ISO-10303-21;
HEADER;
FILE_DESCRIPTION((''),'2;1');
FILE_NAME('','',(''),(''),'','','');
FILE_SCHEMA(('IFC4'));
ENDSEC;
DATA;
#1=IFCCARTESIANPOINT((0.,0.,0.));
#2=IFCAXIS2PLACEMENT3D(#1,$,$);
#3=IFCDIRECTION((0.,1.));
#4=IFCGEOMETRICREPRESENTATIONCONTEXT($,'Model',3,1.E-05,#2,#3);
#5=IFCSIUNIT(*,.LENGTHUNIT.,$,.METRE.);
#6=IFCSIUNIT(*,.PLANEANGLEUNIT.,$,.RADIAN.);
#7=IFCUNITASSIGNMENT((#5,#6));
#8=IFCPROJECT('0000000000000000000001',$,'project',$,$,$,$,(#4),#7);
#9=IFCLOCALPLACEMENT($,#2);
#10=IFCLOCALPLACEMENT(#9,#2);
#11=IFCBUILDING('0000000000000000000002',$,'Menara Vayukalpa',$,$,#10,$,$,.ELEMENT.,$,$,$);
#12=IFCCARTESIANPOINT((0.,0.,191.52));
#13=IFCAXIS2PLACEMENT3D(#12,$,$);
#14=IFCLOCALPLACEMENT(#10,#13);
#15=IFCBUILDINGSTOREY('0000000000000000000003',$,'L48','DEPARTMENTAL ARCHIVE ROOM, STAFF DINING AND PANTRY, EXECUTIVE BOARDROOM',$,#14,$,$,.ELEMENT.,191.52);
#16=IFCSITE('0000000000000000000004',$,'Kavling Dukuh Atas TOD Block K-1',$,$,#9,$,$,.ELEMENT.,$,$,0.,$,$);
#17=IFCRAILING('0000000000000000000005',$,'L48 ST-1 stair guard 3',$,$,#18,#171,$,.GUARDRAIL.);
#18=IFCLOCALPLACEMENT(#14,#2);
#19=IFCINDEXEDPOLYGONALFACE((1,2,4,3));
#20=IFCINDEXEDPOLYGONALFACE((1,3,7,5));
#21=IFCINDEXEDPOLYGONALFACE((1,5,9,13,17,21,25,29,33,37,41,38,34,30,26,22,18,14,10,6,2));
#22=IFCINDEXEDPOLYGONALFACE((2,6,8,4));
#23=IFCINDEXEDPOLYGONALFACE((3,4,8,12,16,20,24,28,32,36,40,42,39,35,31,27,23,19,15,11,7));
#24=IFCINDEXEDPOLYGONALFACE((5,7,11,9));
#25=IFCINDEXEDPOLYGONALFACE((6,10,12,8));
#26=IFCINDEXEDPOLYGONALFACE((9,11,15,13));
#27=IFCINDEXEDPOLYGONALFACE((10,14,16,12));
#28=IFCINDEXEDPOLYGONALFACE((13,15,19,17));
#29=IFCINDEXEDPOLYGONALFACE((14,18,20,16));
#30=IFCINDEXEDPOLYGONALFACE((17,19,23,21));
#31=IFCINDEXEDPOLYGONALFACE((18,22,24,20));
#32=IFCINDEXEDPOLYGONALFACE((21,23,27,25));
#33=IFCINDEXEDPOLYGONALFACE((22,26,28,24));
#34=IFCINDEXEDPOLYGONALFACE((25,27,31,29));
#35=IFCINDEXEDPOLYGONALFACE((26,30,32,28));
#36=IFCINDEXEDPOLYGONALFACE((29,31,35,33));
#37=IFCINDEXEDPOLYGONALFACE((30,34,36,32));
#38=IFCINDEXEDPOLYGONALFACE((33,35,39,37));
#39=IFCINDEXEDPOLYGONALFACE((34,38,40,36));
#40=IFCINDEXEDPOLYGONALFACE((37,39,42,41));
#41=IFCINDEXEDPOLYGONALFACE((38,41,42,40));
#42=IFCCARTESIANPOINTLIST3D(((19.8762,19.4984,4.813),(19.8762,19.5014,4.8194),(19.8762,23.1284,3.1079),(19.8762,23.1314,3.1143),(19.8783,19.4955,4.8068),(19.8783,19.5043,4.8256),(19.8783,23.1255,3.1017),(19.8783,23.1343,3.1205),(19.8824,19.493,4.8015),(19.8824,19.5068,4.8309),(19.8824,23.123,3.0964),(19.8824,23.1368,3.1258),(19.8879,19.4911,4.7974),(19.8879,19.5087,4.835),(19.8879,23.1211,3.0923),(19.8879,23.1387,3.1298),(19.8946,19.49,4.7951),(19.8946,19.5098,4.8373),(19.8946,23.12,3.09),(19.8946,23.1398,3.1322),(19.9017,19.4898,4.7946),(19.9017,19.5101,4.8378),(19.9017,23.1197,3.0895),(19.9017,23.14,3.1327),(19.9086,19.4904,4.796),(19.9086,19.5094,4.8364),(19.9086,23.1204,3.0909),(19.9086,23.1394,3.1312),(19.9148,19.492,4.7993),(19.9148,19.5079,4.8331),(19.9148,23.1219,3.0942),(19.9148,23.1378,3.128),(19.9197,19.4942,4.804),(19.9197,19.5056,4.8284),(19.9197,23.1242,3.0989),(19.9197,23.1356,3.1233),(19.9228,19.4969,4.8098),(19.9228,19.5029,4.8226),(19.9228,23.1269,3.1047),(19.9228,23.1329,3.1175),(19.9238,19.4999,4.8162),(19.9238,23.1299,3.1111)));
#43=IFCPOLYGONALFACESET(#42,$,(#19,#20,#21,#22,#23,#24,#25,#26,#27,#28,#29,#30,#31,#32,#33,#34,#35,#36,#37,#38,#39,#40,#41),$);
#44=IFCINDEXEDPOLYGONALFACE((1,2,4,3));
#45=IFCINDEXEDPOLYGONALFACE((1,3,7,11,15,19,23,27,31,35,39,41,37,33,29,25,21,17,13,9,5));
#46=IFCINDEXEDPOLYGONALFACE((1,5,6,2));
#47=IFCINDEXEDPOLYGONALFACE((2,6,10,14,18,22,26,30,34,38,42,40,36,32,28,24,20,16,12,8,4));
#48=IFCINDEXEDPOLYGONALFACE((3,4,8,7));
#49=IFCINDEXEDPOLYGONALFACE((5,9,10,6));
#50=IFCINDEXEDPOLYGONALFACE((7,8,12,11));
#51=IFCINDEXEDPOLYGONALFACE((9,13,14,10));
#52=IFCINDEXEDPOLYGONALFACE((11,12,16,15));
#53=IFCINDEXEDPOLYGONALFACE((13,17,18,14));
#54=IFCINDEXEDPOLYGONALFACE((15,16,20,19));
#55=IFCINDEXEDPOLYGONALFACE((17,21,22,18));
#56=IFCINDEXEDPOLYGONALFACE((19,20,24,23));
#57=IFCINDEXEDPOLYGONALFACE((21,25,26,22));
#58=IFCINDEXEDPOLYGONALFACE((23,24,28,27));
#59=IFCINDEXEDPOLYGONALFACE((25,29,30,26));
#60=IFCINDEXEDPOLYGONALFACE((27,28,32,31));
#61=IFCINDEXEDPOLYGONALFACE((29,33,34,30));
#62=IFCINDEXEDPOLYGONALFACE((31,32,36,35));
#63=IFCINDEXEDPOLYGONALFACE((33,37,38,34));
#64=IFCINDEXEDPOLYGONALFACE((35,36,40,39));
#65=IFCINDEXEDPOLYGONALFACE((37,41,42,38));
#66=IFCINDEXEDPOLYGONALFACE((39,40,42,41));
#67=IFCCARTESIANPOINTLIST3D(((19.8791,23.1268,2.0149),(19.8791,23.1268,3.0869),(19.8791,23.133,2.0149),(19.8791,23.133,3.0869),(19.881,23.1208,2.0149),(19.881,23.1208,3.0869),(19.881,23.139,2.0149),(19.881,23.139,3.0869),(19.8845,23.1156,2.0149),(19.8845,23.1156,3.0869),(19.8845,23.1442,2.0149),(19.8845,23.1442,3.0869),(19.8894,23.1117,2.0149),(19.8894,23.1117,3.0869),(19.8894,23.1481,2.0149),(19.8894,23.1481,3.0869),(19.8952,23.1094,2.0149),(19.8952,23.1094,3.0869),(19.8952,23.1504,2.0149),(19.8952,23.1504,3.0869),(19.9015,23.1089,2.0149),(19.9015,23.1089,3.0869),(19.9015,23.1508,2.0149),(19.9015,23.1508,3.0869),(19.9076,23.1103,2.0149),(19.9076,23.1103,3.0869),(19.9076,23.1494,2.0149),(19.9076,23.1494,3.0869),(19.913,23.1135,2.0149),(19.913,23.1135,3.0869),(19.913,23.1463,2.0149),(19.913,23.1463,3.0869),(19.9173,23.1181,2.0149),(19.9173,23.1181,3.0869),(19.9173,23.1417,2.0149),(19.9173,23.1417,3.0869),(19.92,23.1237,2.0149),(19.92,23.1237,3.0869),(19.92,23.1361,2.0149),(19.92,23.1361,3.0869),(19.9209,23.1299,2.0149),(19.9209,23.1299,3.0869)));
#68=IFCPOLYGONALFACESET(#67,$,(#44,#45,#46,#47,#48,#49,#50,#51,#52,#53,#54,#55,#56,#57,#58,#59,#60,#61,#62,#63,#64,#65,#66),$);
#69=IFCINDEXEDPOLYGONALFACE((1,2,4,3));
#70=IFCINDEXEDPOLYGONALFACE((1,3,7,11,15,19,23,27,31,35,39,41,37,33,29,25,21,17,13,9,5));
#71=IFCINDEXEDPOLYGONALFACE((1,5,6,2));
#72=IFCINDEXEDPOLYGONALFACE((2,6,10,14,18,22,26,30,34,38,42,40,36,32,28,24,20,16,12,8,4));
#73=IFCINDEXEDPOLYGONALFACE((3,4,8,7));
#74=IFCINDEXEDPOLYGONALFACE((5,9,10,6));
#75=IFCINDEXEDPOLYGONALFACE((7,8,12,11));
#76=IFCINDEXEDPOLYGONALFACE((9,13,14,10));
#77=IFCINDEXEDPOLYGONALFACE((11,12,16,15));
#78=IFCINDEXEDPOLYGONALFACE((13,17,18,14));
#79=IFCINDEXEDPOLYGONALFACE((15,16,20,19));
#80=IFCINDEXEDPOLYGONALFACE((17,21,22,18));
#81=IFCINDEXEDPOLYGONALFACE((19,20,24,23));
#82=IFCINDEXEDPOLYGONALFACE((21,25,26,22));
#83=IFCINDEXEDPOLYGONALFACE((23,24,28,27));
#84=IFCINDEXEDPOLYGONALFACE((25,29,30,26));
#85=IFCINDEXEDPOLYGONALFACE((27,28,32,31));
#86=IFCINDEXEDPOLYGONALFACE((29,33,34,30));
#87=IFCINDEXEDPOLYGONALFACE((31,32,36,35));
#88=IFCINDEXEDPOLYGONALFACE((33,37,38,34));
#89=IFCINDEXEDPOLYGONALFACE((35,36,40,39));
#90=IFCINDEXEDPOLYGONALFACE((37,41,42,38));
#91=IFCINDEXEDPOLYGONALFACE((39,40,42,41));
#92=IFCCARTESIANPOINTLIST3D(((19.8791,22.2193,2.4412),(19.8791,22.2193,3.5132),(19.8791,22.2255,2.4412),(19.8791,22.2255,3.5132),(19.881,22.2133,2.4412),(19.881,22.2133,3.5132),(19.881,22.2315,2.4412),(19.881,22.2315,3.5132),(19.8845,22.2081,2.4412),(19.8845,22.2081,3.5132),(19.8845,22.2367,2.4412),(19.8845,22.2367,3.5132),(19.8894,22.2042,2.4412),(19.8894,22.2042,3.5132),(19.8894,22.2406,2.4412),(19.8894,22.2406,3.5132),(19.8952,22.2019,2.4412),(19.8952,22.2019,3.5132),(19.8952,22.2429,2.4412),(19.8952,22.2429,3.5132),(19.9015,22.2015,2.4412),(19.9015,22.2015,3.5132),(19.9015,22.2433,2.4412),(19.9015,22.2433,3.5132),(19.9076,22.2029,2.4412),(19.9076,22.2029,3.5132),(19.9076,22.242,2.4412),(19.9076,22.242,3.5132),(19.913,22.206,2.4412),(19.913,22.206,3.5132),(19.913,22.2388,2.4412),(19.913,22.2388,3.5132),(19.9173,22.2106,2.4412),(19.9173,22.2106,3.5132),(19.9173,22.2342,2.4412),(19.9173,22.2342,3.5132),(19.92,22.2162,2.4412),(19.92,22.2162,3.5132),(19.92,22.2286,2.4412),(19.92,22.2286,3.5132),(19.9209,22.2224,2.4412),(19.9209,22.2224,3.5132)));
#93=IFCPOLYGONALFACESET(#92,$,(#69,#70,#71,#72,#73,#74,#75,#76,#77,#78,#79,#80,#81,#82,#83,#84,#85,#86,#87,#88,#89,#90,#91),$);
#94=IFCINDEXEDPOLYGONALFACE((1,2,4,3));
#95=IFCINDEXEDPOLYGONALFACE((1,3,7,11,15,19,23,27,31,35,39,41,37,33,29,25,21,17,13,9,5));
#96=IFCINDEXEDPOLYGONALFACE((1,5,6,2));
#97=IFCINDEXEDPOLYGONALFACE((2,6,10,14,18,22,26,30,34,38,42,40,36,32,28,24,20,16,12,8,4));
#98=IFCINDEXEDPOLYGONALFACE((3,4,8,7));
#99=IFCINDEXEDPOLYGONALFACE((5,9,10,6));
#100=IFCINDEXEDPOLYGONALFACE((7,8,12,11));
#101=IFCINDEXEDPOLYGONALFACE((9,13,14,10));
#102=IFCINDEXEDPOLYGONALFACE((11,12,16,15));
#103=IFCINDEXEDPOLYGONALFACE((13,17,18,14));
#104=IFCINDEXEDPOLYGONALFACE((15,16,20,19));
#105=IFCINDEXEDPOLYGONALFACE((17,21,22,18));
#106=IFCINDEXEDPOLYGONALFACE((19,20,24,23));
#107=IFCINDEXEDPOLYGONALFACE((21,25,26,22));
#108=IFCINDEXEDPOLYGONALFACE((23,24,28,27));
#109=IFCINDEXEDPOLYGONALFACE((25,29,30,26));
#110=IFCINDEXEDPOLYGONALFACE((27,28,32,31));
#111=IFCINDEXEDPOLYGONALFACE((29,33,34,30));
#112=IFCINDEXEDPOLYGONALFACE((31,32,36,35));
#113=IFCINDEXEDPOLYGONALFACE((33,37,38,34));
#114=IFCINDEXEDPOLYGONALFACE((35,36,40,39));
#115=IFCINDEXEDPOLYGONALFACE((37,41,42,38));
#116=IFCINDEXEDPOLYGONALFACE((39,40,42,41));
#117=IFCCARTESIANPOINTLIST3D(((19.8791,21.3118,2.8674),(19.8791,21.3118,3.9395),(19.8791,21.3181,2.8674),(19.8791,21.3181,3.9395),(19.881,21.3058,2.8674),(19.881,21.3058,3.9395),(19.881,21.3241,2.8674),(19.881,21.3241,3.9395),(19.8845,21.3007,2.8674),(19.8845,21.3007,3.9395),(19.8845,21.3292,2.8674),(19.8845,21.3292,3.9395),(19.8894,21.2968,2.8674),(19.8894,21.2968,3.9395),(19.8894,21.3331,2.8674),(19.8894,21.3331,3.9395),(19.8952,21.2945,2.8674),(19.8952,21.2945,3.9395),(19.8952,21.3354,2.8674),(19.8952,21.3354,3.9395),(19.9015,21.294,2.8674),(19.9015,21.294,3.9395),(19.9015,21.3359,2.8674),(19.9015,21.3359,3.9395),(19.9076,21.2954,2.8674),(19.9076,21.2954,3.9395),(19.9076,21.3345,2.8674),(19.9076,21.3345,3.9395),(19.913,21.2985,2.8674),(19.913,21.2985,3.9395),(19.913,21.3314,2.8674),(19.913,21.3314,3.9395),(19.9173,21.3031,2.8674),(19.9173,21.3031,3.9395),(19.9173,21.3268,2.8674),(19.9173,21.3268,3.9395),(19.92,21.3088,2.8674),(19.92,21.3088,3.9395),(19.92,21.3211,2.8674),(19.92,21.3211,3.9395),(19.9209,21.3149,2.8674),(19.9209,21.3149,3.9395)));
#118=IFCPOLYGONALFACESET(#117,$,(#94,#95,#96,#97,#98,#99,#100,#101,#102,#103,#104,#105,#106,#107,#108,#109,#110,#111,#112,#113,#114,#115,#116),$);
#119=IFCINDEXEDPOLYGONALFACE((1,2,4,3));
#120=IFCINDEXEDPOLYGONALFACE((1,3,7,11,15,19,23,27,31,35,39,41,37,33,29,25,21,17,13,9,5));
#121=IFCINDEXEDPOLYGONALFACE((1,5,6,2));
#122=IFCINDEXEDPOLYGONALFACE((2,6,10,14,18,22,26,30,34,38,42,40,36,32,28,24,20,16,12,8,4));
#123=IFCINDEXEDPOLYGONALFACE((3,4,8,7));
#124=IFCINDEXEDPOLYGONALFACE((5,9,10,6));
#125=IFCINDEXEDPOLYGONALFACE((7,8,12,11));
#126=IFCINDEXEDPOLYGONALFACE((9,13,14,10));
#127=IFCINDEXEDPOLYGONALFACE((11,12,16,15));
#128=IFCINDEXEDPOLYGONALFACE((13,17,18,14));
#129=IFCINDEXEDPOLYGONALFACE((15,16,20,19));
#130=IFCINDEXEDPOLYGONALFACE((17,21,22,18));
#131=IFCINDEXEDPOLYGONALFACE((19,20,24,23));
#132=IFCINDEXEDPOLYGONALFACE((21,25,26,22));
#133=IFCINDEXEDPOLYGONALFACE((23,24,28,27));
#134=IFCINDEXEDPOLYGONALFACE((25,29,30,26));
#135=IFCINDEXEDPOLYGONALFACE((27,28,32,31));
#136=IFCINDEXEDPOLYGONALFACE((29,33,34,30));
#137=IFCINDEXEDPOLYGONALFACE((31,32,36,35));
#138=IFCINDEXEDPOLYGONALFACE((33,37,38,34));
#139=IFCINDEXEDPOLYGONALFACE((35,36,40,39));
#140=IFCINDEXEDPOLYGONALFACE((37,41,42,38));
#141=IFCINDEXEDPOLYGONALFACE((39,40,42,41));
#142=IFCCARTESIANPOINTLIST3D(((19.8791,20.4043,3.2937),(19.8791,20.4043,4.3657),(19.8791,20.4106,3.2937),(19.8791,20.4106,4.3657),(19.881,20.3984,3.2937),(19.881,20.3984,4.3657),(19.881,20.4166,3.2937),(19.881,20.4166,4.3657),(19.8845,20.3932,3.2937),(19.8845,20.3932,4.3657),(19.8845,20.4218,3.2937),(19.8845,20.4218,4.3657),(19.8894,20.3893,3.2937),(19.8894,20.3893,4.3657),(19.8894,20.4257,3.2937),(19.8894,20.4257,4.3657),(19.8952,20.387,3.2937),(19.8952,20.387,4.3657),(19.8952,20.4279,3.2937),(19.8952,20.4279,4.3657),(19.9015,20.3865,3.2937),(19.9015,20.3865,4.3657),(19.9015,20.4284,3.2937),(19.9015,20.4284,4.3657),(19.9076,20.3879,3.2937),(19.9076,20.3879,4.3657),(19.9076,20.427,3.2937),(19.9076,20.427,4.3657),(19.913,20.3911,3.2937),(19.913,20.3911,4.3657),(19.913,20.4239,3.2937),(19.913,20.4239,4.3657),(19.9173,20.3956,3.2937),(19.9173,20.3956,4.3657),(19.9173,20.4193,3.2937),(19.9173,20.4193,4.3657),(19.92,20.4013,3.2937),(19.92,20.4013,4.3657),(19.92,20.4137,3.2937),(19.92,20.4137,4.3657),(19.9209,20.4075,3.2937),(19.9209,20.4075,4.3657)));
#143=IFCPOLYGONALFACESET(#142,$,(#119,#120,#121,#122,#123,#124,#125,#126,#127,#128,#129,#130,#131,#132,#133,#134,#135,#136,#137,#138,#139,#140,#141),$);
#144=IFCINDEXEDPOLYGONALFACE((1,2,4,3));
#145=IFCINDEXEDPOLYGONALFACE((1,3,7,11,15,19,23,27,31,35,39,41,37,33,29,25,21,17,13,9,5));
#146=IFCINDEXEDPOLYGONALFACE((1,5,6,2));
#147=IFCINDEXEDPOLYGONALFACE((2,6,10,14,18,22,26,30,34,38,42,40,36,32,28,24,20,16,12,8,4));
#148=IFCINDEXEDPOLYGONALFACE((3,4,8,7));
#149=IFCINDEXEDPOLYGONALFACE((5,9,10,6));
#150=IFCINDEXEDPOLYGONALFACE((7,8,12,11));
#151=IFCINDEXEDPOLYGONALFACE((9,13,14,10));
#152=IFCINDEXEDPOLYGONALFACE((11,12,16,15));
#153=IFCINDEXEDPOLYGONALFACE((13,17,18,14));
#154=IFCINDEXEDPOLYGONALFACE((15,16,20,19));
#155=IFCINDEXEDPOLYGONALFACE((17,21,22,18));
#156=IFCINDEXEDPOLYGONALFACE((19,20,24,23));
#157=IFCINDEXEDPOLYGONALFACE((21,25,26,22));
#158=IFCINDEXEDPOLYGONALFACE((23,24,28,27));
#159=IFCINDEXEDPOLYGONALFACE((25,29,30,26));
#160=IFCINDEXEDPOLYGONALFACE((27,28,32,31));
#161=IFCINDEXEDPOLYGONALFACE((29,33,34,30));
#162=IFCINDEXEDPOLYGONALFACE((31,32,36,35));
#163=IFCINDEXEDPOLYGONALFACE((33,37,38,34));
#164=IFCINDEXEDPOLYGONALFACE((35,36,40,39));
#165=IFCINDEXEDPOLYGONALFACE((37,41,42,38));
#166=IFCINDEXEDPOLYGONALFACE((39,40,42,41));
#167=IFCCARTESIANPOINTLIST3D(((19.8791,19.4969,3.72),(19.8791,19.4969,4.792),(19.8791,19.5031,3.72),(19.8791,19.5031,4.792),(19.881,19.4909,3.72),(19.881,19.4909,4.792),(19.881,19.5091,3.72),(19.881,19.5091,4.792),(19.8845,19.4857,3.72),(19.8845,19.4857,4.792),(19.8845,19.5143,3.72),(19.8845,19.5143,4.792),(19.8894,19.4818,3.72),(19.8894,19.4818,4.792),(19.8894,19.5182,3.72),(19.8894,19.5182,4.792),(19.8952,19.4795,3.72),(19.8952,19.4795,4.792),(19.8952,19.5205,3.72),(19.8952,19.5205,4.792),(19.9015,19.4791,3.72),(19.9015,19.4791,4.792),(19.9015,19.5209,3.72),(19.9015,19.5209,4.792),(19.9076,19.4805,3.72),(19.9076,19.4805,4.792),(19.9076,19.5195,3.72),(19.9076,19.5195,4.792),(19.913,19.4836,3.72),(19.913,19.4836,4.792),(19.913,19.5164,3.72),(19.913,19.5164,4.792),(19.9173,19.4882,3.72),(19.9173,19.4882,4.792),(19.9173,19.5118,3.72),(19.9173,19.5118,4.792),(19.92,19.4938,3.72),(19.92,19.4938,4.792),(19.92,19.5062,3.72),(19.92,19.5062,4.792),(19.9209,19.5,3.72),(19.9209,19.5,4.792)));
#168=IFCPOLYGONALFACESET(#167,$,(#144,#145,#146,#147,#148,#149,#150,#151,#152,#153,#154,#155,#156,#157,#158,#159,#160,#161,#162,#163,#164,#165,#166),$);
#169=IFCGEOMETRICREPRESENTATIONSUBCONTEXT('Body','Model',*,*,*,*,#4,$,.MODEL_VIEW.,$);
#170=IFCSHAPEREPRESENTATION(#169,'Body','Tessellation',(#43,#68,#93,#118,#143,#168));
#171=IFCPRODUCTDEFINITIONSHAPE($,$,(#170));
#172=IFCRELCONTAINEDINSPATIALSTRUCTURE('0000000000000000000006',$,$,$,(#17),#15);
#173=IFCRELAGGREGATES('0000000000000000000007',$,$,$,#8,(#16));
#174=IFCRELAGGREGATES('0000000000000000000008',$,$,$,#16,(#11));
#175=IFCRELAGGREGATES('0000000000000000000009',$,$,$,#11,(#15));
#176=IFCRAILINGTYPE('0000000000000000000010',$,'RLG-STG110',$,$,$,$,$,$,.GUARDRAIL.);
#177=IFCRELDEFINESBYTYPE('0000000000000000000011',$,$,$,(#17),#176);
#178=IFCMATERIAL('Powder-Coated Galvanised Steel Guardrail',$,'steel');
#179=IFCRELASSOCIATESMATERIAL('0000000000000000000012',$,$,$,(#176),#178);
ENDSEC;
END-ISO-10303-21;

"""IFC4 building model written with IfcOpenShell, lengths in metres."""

from ifc_helpers import new_model, si_unit, direction, frame, origin, origin_2d, place, context, subcontext, project, spatial, circle, extrude, material, type_object, element, save


model = new_model("IFC4")

# Units and contexts
model_context = context("Model", 3, precision=1e-05, world=origin(), true_north=direction((0.0, 1.0)))
body_context = subcontext(model_context, "Body", "Model", "MODEL_VIEW")
ifc_project = project(units=[si_unit("LENGTHUNIT", "METRE"), si_unit("PLANEANGLEUNIT", "RADIAN")], contexts=[model_context])

# Site, building, storey
site_placement = place(None, origin())
site = spatial("IfcSite", under=ifc_project, at=site_placement, Name="Kavling Dukuh Atas TOD Block K-1", CompositionType="ELEMENT", RefElevation=0.0)
building_placement = place(site_placement, origin())
building = spatial("IfcBuilding", under=site, at=building_placement, Name="Menara Vayukalpa", CompositionType="ELEMENT")
storey_placement = place(building_placement, frame((0.0, 0.0, 191.52)))
storey = spatial("IfcBuildingStorey", under=building, at=storey_placement, Name="L48", Description="DEPARTMENTAL ARCHIVE ROOM, STAFF DINING AND PANTRY, EXECUTIVE BOARDROOM", CompositionType="ELEMENT", Elevation=191.52)

# Railing
ifc_material_1 = material(Name="Powder-Coated Galvanised Steel Guardrail", Category="steel")
railing_type_1 = type_object("IfcRailingType", Name="RLG-STG110", PredefinedType="GUARDRAIL", material=ifc_material_1)
railing_1_placement = place(storey_placement, frame((19.8999, 23.1299, 2.0149)))
element("IfcRailing", 1, at=railing_1_placement, inside=storey, type_object=railing_type_1, Name="L48 ST-1 stair guard 3", PredefinedType="GUARDRAIL", context=body_context, shape_type="SweptSolid", body=[
    extrude(circle(Radius=0.0239, at=origin_2d()), frame((0.0, 0.0, 1.0962), z_axis=(0.0, -0.905116, 0.425164), x_axis=(1.0, 0.0, 0.0)), (0.0, 0.0, 1.0), 4.0105),
    extrude(circle(Radius=0.021, at=origin_2d()), origin(), (0.0, 0.0, 1.0), 1.072),
    extrude(circle(Radius=0.021, at=origin_2d()), frame((0.0, -0.9075, 0.4263)), (0.0, 0.0, 1.0), 1.072),
    extrude(circle(Radius=0.021, at=origin_2d()), frame((0.0, -1.8149, 0.8525)), (0.0, 0.0, 1.0), 1.072),
    extrude(circle(Radius=0.021, at=origin_2d()), frame((0.0, -2.7224, 1.2788)), (0.0, 0.0, 1.0), 1.072),
    extrude(circle(Radius=0.021, at=origin_2d()), frame((0.0, -3.6299, 1.7051)), (0.0, 0.0, 1.0), 1.072),
])

save(model, "model.ifc")
